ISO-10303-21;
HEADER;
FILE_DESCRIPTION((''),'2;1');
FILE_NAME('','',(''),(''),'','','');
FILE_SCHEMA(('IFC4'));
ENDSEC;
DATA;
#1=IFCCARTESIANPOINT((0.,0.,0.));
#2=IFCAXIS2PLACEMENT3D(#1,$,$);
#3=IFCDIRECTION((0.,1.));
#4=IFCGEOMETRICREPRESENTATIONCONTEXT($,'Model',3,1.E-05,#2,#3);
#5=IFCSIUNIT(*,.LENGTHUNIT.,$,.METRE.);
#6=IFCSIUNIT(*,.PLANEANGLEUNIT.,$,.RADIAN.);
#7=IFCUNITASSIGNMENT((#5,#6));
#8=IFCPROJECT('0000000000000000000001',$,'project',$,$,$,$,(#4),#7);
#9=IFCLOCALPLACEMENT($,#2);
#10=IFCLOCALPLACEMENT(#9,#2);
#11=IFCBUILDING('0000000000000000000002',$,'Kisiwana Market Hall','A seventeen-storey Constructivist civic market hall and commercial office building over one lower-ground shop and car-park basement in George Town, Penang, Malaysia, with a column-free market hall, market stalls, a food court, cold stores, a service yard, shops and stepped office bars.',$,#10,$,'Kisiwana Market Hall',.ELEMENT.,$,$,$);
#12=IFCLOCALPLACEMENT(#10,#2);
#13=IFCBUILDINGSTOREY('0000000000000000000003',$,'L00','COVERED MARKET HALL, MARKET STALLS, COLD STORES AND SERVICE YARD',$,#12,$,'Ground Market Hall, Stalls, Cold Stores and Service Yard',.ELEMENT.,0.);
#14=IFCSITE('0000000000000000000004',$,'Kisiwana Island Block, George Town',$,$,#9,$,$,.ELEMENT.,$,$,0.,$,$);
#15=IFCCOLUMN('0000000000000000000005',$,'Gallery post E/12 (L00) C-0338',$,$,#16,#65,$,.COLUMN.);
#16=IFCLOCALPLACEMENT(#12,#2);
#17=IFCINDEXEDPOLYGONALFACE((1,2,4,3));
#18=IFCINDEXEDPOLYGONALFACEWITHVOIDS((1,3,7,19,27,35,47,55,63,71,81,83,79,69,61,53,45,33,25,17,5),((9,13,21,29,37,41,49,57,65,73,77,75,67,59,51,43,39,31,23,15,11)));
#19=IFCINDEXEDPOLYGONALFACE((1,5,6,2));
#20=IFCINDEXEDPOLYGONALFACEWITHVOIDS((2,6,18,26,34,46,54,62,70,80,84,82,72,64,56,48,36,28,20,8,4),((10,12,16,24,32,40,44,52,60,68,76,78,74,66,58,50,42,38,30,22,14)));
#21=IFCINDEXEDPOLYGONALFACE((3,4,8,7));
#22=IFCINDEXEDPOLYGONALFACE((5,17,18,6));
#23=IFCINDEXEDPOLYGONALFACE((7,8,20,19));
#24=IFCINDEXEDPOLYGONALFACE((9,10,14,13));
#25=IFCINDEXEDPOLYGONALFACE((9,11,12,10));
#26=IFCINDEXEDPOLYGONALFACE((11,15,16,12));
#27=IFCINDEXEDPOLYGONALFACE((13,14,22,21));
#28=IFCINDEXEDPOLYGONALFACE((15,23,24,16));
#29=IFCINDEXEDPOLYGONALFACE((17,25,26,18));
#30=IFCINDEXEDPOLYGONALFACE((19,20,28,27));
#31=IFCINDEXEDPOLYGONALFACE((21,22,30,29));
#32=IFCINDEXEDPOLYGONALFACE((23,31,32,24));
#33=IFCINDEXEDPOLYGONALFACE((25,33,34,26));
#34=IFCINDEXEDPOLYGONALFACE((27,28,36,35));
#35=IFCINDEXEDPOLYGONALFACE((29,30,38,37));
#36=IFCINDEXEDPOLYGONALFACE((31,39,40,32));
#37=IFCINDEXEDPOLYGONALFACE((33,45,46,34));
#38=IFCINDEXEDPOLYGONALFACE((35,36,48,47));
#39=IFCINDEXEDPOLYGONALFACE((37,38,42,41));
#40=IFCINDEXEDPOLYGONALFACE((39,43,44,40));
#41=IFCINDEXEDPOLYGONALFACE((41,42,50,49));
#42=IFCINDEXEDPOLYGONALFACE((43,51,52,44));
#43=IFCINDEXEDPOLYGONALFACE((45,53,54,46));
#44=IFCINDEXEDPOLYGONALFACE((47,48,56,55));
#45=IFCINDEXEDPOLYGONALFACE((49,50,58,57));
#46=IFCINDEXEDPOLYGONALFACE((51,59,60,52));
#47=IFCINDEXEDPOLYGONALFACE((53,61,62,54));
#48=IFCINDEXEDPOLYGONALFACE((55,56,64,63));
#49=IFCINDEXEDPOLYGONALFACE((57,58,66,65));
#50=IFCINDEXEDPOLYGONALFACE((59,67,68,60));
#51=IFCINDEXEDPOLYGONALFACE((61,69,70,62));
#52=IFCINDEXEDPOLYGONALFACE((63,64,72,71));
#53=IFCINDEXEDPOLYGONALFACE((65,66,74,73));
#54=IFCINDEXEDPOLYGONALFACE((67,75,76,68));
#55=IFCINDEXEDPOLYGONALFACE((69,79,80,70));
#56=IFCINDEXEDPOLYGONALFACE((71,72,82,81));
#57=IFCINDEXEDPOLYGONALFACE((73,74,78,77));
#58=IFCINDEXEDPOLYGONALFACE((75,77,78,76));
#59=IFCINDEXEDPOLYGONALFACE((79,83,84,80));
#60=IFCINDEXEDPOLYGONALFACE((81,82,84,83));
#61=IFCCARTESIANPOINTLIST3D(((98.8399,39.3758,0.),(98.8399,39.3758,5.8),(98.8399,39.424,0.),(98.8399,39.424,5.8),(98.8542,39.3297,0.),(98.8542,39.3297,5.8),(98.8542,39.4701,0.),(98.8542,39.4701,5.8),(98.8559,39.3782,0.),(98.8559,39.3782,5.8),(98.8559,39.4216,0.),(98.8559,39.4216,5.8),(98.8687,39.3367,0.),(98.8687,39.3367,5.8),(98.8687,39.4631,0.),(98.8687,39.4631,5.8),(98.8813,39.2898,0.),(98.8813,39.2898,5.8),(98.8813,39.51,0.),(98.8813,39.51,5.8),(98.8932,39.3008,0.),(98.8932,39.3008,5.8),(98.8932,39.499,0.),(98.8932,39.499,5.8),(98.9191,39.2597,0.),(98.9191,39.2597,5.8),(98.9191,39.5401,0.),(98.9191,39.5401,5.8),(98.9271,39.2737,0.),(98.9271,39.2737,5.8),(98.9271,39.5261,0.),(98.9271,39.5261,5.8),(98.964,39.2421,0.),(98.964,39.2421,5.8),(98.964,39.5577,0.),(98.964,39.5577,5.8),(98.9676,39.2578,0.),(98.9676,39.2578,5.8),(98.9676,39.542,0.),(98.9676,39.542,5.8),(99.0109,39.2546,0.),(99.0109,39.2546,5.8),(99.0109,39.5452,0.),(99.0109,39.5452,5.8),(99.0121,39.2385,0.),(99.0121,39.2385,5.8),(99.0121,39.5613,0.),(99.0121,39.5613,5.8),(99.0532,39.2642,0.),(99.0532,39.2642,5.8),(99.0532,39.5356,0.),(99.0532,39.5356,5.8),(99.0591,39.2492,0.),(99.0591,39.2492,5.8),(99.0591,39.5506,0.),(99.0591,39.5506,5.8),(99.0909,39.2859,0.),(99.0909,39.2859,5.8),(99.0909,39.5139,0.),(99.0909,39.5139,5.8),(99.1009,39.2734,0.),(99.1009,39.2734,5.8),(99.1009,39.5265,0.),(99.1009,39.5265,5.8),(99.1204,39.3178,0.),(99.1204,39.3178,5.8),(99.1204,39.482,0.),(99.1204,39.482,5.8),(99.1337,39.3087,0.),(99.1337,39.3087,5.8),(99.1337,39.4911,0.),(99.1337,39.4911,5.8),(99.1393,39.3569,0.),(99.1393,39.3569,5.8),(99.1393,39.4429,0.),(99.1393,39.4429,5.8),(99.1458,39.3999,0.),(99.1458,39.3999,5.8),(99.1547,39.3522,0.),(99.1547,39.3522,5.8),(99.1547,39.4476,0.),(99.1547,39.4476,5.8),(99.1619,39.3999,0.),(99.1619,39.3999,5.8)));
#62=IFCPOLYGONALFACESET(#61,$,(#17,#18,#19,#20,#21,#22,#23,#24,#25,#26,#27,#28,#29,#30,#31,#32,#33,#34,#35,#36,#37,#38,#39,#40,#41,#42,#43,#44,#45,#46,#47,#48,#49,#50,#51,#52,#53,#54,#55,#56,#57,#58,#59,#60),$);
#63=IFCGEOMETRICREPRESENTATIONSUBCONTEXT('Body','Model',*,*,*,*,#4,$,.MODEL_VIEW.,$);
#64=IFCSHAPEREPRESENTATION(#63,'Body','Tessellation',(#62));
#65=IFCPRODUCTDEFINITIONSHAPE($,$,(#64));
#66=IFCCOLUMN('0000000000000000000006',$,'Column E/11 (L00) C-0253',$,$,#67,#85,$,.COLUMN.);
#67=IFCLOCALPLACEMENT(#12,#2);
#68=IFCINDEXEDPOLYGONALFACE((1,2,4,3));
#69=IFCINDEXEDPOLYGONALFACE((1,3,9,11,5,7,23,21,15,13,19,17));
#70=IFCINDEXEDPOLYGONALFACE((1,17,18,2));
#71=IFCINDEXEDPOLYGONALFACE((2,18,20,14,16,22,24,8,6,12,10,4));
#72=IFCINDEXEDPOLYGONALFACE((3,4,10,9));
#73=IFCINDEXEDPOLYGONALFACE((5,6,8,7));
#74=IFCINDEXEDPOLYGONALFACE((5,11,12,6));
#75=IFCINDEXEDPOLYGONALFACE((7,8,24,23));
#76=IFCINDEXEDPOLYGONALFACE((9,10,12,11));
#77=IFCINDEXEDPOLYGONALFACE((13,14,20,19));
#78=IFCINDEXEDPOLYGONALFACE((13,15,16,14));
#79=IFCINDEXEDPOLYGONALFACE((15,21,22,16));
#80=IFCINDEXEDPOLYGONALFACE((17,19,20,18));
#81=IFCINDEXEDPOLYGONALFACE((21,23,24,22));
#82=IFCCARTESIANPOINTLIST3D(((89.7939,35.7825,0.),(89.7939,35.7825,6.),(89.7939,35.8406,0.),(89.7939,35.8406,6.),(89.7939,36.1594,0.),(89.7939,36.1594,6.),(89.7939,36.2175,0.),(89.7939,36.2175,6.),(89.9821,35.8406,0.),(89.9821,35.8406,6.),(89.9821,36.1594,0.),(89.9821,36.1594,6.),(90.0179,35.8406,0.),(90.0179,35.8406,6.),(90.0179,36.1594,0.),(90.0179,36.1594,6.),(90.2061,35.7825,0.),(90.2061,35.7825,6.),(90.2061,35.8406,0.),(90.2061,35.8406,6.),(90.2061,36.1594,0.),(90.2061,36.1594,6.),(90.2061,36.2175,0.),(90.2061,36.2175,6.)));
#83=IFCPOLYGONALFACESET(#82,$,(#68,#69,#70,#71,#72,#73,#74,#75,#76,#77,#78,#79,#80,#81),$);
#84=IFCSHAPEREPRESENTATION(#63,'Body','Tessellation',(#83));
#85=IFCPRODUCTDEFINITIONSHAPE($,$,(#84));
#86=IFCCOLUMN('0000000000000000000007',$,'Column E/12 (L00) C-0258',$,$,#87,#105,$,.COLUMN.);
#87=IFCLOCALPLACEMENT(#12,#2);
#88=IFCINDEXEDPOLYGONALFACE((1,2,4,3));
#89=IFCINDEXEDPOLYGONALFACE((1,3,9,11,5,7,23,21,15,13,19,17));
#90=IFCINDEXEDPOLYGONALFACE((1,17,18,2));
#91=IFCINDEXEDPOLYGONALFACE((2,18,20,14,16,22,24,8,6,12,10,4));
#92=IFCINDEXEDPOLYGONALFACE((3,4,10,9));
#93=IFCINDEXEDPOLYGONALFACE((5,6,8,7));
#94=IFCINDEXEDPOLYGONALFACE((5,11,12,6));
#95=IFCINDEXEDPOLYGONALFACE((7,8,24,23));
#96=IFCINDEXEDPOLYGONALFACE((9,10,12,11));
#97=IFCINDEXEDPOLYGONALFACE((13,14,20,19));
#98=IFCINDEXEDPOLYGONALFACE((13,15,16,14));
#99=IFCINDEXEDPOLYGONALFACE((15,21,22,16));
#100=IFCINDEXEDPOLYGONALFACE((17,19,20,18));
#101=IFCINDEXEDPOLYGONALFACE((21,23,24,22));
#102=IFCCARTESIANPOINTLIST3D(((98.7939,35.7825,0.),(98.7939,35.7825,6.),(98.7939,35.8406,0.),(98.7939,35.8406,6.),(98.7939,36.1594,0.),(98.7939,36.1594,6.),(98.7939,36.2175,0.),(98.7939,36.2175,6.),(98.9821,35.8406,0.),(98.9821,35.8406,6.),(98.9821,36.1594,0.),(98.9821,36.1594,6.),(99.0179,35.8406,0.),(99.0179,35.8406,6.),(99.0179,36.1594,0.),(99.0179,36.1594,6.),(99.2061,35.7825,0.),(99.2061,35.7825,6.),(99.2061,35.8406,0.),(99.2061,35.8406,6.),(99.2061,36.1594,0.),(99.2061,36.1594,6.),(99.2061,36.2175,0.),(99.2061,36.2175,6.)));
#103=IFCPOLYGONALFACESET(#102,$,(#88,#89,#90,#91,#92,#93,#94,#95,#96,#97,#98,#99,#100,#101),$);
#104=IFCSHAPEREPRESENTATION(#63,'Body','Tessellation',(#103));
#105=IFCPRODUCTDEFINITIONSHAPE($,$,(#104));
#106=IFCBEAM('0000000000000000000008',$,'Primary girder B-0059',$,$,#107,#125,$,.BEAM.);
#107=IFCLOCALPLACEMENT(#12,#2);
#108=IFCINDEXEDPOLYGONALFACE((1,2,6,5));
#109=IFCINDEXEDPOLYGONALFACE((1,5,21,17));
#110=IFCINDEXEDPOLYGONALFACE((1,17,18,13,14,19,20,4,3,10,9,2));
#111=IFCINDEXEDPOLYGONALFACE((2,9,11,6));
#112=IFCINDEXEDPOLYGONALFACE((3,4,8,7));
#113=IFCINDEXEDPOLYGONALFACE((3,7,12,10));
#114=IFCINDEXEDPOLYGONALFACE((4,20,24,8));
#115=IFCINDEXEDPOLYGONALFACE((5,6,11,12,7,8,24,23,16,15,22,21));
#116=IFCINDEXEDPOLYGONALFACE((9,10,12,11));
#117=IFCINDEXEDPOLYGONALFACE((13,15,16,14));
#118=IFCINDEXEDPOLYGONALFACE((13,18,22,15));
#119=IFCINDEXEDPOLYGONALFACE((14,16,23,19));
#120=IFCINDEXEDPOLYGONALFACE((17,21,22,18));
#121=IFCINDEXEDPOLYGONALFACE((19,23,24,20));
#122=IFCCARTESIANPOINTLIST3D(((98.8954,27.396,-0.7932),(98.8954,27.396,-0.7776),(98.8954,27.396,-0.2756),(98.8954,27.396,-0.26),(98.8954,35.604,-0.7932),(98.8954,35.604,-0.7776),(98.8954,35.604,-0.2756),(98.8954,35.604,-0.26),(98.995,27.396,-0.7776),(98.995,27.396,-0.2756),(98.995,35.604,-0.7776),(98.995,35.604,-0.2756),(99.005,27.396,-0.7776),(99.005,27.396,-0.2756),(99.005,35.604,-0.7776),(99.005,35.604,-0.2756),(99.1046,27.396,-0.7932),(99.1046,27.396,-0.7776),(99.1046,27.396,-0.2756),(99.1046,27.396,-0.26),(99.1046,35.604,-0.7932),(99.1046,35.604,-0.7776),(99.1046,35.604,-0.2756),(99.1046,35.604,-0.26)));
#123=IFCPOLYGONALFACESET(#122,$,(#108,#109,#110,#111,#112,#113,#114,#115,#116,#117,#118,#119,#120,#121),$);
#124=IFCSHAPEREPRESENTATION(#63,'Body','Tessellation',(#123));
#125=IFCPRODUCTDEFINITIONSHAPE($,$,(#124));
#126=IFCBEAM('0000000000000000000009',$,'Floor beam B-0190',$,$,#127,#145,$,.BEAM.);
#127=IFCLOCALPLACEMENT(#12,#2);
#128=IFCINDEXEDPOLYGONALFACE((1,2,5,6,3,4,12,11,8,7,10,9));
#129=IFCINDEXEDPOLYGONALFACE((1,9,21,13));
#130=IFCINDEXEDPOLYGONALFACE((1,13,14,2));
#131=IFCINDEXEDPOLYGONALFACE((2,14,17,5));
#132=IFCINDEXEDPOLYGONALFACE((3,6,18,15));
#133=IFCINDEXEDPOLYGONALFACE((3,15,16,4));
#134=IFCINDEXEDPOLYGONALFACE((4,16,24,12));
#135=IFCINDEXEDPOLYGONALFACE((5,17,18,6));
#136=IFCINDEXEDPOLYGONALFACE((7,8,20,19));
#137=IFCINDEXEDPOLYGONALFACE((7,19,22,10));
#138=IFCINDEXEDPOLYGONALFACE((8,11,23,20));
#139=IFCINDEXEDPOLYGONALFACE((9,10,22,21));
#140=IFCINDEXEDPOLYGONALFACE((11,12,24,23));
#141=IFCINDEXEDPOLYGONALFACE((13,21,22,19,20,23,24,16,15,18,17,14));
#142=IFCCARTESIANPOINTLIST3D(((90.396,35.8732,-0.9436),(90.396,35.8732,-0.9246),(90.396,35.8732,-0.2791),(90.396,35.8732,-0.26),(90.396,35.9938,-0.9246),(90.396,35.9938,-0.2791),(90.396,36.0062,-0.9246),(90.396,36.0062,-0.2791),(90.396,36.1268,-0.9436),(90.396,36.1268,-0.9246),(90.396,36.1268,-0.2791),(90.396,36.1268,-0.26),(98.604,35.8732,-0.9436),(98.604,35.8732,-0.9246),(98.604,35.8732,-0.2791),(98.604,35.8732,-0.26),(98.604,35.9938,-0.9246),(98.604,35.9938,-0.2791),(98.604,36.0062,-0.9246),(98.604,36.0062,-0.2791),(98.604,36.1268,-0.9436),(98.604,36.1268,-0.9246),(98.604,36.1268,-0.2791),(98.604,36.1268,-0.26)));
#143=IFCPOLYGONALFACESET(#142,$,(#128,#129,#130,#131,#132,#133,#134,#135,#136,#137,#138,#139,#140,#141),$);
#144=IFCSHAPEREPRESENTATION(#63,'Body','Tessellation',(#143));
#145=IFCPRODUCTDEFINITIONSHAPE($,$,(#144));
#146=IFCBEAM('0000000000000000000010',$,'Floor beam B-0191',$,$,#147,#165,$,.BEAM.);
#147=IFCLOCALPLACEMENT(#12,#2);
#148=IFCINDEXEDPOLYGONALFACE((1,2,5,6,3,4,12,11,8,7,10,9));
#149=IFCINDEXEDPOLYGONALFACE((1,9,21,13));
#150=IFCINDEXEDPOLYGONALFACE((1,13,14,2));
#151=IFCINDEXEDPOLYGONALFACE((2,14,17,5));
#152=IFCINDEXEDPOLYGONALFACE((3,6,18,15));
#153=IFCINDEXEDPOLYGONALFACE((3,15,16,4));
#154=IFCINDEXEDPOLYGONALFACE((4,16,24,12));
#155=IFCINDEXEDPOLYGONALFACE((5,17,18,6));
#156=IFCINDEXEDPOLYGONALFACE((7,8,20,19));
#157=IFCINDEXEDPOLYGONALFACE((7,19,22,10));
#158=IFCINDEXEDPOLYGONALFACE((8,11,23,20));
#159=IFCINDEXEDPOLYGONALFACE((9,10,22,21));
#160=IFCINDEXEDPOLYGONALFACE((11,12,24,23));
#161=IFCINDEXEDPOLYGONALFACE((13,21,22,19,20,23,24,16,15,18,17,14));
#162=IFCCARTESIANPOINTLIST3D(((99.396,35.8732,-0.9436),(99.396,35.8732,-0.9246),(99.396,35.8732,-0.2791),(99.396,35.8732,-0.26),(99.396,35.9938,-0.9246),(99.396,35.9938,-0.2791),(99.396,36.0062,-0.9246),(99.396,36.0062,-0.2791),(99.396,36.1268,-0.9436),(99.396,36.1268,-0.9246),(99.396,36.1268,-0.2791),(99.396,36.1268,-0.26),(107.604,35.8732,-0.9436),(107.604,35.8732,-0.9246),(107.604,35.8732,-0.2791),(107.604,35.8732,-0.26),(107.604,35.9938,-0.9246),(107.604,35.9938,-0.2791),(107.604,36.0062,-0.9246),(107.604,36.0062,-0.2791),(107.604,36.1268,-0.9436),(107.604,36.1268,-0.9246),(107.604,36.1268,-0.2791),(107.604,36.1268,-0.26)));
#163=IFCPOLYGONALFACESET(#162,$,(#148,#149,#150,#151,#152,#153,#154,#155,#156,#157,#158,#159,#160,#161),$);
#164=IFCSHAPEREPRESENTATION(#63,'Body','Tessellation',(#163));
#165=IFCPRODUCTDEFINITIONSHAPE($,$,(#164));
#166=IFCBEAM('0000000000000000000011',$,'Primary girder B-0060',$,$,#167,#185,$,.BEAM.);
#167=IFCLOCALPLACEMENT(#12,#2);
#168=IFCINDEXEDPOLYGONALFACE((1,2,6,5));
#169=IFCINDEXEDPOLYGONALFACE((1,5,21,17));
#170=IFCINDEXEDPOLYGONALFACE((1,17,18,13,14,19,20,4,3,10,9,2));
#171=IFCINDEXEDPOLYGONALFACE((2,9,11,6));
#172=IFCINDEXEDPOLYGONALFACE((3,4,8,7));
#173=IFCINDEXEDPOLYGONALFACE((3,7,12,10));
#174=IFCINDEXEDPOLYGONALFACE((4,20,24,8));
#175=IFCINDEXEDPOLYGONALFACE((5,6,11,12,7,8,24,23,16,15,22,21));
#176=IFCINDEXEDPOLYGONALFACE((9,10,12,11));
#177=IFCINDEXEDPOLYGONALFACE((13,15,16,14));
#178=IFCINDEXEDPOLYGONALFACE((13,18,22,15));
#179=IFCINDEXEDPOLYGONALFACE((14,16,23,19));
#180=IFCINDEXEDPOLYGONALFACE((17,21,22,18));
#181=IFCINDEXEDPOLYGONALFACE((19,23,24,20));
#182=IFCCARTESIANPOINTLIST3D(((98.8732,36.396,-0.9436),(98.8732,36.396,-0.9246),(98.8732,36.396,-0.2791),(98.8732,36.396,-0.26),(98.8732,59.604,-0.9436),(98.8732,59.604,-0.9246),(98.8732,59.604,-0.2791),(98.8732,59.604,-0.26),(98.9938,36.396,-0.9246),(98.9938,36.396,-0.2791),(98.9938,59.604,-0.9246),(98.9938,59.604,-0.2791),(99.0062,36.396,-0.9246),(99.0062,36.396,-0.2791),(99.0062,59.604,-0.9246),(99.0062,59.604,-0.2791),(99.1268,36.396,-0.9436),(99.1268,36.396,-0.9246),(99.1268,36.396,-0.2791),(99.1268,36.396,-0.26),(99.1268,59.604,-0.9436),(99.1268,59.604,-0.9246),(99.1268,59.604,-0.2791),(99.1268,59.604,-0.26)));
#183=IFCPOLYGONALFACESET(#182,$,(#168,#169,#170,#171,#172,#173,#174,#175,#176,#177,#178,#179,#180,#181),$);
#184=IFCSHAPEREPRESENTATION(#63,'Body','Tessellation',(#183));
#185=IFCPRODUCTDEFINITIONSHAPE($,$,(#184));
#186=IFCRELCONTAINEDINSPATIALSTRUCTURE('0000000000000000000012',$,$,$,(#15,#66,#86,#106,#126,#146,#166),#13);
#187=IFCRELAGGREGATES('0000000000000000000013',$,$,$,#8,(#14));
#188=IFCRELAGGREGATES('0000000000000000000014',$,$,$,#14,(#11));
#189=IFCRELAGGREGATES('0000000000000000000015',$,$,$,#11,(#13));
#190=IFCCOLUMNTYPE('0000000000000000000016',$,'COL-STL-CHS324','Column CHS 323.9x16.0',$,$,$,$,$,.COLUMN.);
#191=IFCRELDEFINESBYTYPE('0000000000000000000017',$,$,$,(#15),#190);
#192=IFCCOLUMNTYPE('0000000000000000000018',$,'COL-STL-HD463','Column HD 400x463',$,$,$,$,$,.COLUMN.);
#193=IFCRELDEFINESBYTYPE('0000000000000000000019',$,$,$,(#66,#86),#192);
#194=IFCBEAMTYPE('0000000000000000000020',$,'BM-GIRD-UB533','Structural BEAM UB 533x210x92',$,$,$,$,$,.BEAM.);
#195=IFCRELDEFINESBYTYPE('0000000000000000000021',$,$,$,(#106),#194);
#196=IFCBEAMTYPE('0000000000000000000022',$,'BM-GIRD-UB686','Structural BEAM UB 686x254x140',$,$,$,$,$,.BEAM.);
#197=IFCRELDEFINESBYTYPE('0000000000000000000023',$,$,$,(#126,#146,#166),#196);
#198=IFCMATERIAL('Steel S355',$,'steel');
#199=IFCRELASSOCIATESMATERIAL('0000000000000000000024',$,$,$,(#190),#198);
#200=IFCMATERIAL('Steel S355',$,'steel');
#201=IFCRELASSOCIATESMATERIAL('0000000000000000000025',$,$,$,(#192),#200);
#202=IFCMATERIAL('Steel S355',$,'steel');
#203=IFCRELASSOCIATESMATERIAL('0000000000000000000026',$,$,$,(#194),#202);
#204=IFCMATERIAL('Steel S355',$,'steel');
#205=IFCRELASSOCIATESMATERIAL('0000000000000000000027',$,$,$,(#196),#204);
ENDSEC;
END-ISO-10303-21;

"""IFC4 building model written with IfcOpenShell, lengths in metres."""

from ifc_helpers import new_model, si_unit, direction, frame, origin, origin_2d, place, context, subcontext, project, spatial, hollow_circle, i_section, extrude, material, material_profile, profile_set, type_object, element, save


model = new_model("IFC4")

# Units and contexts
model_context = context("Model", 3, precision=1e-05, world=origin(), true_north=direction((0.0, 1.0)))
body_context = subcontext(model_context, "Body", "Model", "MODEL_VIEW")
ifc_project = project(units=[si_unit("LENGTHUNIT", "METRE"), si_unit("PLANEANGLEUNIT", "RADIAN")], contexts=[model_context])

# Site, building, storey
site_placement = place(None, origin())
site = spatial("IfcSite", under=ifc_project, at=site_placement, Name="Kisiwana Island Block, George Town", CompositionType="ELEMENT", RefElevation=0.0)
building_placement = place(site_placement, origin())
building = spatial("IfcBuilding", under=site, at=building_placement, Name="Kisiwana Market Hall", Description="A seventeen-storey Constructivist civic market hall and commercial office building over one lower-ground shop and car-park basement in George Town, Penang, Malaysia, with a column-free market hall, market stalls, a food court, cold stores, a service yard, shops and stepped office bars.", LongName="Kisiwana Market Hall", CompositionType="ELEMENT")
storey_placement = place(building_placement, origin())
storey = spatial("IfcBuildingStorey", under=building, at=storey_placement, Name="L00", Description="COVERED MARKET HALL, MARKET STALLS, COLD STORES AND SERVICE YARD", LongName="Ground Market Hall, Stalls, Cold Stores and Service Yard", CompositionType="ELEMENT", Elevation=0.0)

# Columns
ifc_material_1 = material(Name="Steel S355", Category="steel")
ifc_material_profile_1 = material_profile(ifc_material_1, hollow_circle(Radius=0.1619, WallThickness=0.0161, at=origin_2d()), Name="CHS 323.9x16.0")
ifc_profile_set_1 = profile_set([ifc_material_profile_1], Name="Steel S355")
column_type_1 = type_object("IfcColumnType", Name="COL-STL-CHS324", Description="Column CHS 323.9x16.0", PredefinedType="COLUMN", material=ifc_profile_set_1)
column_placement = place(storey_placement, frame((99.0, 39.3999, 0.0), z_axis=(0.0, 0.0, 1.0), x_axis=(1.0, 0.0, 0.0)))
element("IfcColumn", 1, at=column_placement, inside=storey, type_object=column_type_1, Name="Gallery post E/12 (L00) C-0338", PredefinedType="COLUMN", context=body_context, shape_type="SweptSolid", body=[
    extrude(hollow_circle(Radius=0.1619, WallThickness=0.0161, at=origin_2d()), origin(), (0.0, 0.0, 1.0), 5.8),
])
ifc_material_2 = material(Name="Steel S355", Category="steel")
ifc_material_profile_2 = material_profile(ifc_material_2, i_section(OverallWidth=0.4121, OverallDepth=0.4351, WebThickness=0.0359, FlangeThickness=0.0581, at=origin_2d()), Name="HD 400x463")
ifc_profile_set_2 = profile_set([ifc_material_profile_2], Name="Steel S355")
column_type_2 = type_object("IfcColumnType", Name="COL-STL-HD463", Description="Column HD 400x463", PredefinedType="COLUMN", material=ifc_profile_set_2)
for number, where, z_axis, x_axis, name in (
    (2, (90.0, 36.0, 0.0), (0.0, 0.0, 1.0), (1.0, 0.0, 0.0), "Column E/11 (L00) C-0253"),
    (3, (99.0, 36.0, 0.0), (0.0, 0.0, 1.0), (1.0, 0.0, 0.0), "Column E/12 (L00) C-0258"),
):
    element("IfcColumn", number, at=place(storey_placement, frame(where, z_axis=z_axis, x_axis=x_axis)), inside=storey, type_object=column_type_2, Name=name, PredefinedType="COLUMN", context=body_context, shape_type="SweptSolid", body=[
        extrude(i_section(OverallWidth=0.4121, OverallDepth=0.4351, WebThickness=0.0359, FlangeThickness=0.0581, at=origin_2d()), origin(), (0.0, 0.0, 1.0), 6.0),
    ])

# Beams
ifc_material_3 = material(Name="Steel S355", Category="steel")
ifc_material_profile_3 = material_profile(ifc_material_3, i_section(OverallWidth=0.2092, OverallDepth=0.5332, WebThickness=0.01, FlangeThickness=0.0156, at=origin_2d()), Name="UB 533x210x92")
ifc_profile_set_3 = profile_set([ifc_material_profile_3], Name="Steel S355")
beam_type_1 = type_object("IfcBeamType", Name="BM-GIRD-UB533", Description="Structural BEAM UB 533x210x92", PredefinedType="BEAM", material=ifc_profile_set_3)
beam_1_placement = place(storey_placement, frame((99.0, 27.396, -0.5266), z_axis=(0.0, 1.0, 0.0), x_axis=(-1.0, 0.0, 0.0)))
element("IfcBeam", 4, at=beam_1_placement, inside=storey, type_object=beam_type_1, Name="Primary girder B-0059", PredefinedType="BEAM", context=body_context, shape_type="SweptSolid", body=[
    extrude(i_section(OverallWidth=0.2092, OverallDepth=0.5332, WebThickness=0.01, FlangeThickness=0.0156, at=origin_2d()), origin(), (0.0, 0.0, 1.0), 8.208),
])
ifc_material_4 = material(Name="Steel S355", Category="steel")
ifc_material_profile_4 = material_profile(ifc_material_4, i_section(OverallWidth=0.2537, OverallDepth=0.6836, WebThickness=0.0125, FlangeThickness=0.019, at=origin_2d()), Name="UB 686x254x140")
ifc_profile_set_4 = profile_set([ifc_material_profile_4], Name="Steel S355")
beam_type_2 = type_object("IfcBeamType", Name="BM-GIRD-UB686", Description="Structural BEAM UB 686x254x140", PredefinedType="BEAM", material=ifc_profile_set_4)
for number, where, z_axis, x_axis, name in (
    (5, (90.396, 36.0, -0.6018), (1.0, 0.0, 0.0), (0.0, 1.0, 0.0), "Floor beam B-0190"),
    (6, (99.396, 36.0, -0.6018), (1.0, 0.0, 0.0), (0.0, 1.0, 0.0), "Floor beam B-0191"),
):
    element("IfcBeam", number, at=place(storey_placement, frame(where, z_axis=z_axis, x_axis=x_axis)), inside=storey, type_object=beam_type_2, Name=name, PredefinedType="BEAM", context=body_context, shape_type="SweptSolid", body=[
        extrude(i_section(OverallWidth=0.2537, OverallDepth=0.6836, WebThickness=0.0125, FlangeThickness=0.019, at=origin_2d()), origin(), (0.0, 0.0, 1.0), 8.208),
    ])
for number, where, z_axis, x_axis, name in (
    (7, (99.0, 36.396, -0.6018), (0.0, 1.0, 0.0), (-1.0, 0.0, 0.0), "Primary girder B-0060"),
):
    element("IfcBeam", number, at=place(storey_placement, frame(where, z_axis=z_axis, x_axis=x_axis)), inside=storey, type_object=beam_type_2, Name=name, PredefinedType="BEAM", context=body_context, shape_type="SweptSolid", body=[
        extrude(i_section(OverallWidth=0.2537, OverallDepth=0.6836, WebThickness=0.0125, FlangeThickness=0.019, at=origin_2d()), origin(), (0.0, 0.0, 1.0), 23.208),
    ])

save(model, "model.ifc")
